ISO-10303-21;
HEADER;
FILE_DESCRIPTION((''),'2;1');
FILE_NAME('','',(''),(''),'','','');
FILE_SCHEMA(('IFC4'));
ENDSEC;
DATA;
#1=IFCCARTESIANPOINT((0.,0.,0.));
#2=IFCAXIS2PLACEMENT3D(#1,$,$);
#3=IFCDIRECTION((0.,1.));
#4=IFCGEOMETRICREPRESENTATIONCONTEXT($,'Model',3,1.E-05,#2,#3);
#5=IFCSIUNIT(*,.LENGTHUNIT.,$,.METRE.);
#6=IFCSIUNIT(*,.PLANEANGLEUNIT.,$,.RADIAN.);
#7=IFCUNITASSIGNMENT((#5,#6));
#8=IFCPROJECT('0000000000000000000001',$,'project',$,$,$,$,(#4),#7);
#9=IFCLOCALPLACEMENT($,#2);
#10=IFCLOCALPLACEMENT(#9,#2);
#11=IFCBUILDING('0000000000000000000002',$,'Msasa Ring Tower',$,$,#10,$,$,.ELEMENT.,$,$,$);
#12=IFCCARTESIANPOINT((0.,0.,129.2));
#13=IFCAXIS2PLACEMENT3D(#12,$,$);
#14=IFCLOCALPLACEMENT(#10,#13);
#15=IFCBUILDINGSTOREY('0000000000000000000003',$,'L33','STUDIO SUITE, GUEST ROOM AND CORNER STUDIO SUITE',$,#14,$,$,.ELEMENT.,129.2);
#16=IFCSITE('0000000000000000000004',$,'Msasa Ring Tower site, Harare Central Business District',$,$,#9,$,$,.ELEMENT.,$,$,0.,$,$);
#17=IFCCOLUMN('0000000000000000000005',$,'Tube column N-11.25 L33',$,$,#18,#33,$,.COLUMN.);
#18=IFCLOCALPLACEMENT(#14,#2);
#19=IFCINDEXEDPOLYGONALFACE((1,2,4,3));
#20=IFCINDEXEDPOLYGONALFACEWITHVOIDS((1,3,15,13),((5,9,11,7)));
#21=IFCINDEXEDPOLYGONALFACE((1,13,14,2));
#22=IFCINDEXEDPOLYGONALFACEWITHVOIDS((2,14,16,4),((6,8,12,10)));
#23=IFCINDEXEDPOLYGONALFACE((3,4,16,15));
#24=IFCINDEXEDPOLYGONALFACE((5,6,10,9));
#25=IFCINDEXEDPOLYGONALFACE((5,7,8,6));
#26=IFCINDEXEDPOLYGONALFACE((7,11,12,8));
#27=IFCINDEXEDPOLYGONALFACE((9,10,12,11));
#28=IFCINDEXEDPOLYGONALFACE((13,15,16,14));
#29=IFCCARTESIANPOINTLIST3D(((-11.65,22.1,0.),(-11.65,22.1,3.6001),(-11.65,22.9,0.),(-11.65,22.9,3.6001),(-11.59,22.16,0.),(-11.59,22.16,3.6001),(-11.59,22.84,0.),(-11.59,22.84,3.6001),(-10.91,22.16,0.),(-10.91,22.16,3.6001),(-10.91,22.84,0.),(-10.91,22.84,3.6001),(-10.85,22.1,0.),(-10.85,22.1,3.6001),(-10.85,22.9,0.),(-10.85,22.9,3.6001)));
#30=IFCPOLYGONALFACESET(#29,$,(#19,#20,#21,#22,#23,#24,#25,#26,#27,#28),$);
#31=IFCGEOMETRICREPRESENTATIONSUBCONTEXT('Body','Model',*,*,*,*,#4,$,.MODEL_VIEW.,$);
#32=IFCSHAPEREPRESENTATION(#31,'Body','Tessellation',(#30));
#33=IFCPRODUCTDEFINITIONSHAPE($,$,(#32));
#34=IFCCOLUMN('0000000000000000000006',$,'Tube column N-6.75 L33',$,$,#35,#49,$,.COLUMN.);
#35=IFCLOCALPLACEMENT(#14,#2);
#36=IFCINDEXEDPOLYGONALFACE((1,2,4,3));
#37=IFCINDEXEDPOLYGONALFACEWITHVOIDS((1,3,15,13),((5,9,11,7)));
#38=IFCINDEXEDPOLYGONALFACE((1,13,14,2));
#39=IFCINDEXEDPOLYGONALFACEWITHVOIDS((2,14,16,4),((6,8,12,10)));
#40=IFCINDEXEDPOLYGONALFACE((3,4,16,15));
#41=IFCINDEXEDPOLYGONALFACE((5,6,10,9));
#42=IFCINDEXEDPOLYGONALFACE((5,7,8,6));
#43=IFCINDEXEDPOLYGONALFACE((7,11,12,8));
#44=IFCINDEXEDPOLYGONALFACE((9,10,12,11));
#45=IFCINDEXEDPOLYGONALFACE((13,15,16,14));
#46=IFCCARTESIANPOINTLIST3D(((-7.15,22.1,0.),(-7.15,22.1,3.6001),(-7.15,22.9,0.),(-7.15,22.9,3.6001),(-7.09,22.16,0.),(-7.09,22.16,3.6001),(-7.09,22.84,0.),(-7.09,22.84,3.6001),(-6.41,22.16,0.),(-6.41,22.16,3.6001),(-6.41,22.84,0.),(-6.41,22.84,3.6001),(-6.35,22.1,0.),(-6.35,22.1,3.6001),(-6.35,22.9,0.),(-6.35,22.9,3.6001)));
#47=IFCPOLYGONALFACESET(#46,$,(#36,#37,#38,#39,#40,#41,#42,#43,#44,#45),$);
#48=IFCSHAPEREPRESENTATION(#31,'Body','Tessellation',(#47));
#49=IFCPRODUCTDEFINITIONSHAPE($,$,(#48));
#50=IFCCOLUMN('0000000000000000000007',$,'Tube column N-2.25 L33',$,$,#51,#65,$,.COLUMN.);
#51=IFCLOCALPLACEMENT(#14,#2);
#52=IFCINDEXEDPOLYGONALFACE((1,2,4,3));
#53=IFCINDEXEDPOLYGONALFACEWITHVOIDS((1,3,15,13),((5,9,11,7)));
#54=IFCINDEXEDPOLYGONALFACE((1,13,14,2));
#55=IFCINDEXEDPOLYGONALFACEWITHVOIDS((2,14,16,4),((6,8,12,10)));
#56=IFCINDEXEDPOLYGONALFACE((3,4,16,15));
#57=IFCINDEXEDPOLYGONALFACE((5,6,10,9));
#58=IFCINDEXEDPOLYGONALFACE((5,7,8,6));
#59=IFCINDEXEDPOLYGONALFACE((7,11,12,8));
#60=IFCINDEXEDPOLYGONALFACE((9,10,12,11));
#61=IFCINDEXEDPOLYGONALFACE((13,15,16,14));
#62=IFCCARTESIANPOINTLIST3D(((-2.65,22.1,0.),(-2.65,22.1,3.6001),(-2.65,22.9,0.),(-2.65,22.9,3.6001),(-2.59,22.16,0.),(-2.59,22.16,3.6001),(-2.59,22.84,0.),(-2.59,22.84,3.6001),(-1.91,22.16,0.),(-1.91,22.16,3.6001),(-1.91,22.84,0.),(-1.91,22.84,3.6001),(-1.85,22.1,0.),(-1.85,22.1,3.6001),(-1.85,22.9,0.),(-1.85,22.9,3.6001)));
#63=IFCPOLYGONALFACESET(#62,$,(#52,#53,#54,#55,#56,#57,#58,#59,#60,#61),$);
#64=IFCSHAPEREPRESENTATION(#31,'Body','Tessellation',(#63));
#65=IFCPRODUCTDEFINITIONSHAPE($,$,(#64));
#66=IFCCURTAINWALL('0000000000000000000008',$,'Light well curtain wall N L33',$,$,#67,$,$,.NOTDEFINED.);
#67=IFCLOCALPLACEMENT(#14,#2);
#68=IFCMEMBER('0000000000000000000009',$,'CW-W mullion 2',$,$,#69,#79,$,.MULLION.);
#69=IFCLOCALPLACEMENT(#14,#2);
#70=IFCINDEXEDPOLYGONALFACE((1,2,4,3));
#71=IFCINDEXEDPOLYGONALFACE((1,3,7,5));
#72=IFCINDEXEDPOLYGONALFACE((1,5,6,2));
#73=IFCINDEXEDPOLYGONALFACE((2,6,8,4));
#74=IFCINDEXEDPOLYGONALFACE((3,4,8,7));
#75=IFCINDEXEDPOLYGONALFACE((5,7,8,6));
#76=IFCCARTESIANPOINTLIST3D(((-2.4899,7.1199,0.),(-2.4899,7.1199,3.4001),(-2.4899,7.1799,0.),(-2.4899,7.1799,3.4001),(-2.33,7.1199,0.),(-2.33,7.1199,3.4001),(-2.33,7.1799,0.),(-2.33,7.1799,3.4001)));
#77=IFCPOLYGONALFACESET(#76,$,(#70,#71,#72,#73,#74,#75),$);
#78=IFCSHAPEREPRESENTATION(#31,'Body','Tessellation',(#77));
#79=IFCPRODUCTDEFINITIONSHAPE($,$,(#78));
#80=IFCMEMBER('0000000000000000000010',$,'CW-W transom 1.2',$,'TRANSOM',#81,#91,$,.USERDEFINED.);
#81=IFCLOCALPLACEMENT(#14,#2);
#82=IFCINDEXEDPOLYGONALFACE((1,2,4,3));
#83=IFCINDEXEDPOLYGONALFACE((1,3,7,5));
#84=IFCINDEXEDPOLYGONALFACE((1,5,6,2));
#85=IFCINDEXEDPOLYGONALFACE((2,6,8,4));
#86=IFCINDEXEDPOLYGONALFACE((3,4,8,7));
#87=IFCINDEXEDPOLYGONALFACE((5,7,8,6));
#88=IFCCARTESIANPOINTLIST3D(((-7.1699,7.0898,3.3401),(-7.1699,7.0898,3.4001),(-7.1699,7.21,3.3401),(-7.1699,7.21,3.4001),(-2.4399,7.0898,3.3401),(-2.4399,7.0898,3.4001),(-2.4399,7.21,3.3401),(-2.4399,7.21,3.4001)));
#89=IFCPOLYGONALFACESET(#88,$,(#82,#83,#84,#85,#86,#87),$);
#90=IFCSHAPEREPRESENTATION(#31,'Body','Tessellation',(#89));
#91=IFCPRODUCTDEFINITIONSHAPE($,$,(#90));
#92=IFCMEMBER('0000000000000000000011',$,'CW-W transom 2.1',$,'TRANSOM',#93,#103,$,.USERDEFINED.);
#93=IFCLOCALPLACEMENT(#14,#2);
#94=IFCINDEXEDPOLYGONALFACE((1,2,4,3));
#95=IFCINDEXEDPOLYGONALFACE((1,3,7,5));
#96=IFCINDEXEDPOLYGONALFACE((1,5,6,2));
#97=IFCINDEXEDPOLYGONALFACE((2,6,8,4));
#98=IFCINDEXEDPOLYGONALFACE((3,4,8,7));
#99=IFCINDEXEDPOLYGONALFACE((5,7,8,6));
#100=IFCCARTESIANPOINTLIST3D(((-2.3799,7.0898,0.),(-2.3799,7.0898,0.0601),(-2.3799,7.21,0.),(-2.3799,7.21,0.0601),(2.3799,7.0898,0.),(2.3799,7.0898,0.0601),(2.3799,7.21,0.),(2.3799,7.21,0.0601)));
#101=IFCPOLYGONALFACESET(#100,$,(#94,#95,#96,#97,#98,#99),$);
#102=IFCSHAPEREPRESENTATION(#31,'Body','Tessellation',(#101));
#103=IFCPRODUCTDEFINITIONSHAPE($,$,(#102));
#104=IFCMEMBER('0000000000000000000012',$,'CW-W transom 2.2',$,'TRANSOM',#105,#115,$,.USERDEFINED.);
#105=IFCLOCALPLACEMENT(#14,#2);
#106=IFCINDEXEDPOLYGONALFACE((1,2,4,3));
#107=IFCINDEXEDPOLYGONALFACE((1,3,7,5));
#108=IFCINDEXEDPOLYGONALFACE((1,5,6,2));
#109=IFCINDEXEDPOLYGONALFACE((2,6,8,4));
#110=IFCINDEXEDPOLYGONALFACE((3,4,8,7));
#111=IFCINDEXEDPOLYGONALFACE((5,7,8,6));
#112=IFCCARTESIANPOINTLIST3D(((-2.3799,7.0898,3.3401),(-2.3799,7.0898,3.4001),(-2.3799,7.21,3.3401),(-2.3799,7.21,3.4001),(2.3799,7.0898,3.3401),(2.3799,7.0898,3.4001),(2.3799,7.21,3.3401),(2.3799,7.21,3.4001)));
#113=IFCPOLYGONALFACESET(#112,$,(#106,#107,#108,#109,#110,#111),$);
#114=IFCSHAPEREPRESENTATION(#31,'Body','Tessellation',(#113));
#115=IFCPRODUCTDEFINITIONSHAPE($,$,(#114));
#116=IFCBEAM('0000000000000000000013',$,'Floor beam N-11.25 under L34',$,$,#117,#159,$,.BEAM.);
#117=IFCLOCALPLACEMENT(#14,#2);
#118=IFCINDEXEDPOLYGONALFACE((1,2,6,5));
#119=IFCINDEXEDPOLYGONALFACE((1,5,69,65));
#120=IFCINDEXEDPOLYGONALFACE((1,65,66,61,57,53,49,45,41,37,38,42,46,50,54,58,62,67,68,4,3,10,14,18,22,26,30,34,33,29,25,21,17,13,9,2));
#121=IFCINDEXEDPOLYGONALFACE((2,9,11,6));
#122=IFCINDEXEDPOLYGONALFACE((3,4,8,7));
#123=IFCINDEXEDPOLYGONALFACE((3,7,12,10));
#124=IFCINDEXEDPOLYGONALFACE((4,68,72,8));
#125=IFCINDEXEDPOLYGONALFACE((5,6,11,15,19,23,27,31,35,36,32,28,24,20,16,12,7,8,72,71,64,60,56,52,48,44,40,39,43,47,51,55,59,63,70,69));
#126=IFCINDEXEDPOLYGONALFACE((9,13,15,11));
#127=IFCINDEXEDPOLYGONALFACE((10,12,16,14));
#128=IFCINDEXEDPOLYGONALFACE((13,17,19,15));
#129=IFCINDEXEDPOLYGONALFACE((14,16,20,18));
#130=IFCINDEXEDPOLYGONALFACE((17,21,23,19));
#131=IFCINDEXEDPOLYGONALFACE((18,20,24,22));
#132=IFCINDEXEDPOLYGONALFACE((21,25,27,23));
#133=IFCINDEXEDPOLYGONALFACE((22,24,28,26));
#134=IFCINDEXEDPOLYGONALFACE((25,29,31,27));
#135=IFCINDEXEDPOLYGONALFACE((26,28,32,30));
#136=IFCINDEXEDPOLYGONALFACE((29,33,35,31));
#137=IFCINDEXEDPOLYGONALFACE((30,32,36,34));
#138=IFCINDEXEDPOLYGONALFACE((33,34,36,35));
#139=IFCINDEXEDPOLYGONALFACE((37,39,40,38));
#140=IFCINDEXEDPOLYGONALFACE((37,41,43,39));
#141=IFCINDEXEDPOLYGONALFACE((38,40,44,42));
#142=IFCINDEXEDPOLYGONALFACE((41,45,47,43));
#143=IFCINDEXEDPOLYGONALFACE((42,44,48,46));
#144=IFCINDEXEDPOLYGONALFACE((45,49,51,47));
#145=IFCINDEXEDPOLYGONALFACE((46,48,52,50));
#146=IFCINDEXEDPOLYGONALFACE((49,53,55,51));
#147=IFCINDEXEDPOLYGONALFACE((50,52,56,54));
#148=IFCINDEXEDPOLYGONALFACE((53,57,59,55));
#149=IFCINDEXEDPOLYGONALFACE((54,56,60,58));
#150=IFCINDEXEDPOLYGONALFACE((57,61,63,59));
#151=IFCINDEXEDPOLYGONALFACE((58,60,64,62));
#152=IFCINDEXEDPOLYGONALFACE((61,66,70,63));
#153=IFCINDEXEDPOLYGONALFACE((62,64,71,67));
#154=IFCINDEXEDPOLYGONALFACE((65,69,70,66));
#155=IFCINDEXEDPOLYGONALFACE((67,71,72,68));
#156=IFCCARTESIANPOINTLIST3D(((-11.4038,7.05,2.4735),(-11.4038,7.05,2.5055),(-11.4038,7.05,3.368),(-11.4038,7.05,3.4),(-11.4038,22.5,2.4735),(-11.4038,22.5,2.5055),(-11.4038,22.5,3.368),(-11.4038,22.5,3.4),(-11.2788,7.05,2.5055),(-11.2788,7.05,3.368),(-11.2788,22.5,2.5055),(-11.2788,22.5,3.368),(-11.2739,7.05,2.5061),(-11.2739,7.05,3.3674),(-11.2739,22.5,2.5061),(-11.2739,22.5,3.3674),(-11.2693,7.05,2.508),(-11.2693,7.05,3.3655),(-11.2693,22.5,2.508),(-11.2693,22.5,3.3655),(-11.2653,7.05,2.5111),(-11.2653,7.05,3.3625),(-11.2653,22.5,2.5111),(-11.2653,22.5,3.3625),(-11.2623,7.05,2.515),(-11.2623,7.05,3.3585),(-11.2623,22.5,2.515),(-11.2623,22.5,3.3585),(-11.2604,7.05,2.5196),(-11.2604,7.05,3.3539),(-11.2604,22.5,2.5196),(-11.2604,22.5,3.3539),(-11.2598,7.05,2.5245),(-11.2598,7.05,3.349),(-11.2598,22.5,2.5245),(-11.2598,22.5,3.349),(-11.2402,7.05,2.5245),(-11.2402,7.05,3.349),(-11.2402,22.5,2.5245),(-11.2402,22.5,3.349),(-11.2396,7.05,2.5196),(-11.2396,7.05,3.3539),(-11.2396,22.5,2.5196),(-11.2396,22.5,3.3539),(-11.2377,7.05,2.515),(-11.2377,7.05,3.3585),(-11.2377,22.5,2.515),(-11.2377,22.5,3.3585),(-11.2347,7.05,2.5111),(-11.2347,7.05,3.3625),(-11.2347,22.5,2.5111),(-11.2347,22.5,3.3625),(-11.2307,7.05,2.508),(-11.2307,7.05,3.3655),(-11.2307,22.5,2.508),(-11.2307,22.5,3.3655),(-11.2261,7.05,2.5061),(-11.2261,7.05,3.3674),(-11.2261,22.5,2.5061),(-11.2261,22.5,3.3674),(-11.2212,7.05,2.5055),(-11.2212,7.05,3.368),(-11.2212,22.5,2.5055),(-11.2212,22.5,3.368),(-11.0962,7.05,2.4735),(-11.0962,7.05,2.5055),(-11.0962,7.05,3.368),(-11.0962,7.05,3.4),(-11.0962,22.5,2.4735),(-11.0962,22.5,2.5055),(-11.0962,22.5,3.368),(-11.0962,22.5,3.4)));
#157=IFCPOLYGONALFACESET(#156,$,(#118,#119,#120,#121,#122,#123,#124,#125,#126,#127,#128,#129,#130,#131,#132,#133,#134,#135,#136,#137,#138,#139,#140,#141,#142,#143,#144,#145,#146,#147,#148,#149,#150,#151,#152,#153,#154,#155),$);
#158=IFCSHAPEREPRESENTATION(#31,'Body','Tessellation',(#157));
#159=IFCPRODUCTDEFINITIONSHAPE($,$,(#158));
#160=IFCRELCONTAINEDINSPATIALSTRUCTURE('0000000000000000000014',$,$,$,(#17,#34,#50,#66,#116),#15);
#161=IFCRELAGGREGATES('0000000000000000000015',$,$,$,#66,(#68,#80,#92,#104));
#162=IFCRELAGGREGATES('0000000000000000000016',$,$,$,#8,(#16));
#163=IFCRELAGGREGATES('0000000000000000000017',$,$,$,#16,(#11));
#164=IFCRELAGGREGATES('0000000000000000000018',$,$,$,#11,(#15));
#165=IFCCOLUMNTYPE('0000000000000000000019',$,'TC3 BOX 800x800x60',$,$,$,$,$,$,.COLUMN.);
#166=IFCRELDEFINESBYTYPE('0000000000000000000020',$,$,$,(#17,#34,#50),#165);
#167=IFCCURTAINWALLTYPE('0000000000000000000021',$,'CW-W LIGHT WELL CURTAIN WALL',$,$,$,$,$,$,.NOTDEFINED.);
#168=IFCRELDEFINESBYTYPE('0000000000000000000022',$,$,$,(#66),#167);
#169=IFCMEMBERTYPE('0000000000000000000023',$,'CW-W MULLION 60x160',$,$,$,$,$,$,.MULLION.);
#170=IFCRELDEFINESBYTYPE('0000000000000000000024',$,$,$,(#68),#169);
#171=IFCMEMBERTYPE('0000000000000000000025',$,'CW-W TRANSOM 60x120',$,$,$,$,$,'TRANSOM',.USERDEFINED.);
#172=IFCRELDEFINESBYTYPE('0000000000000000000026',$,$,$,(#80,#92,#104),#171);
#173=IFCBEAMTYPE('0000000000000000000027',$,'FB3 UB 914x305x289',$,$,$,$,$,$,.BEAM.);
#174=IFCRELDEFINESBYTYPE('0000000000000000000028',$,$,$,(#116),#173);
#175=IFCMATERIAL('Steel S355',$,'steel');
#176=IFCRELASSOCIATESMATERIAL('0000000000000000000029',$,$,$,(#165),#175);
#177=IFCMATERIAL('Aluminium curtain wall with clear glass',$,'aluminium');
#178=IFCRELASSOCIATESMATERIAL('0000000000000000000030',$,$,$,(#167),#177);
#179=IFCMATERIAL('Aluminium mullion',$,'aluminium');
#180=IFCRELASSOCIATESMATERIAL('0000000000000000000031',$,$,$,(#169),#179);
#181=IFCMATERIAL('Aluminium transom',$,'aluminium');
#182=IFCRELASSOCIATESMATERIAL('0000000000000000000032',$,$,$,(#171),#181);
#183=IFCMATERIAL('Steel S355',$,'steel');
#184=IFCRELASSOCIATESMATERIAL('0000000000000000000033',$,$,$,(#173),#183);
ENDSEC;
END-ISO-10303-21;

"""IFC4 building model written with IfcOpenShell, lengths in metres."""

from ifc_helpers import new_model, si_unit, direction, frame, origin, origin_2d, place, context, subcontext, project, spatial, rectangle, hollow_rectangle, i_section, extrude, material, material_profile, profile_set, type_object, element, aggregate, save


model = new_model("IFC4")

# Units and contexts
model_context = context("Model", 3, precision=1e-05, world=origin(), true_north=direction((0.0, 1.0)))
body_context = subcontext(model_context, "Body", "Model", "MODEL_VIEW")
ifc_project = project(units=[si_unit("LENGTHUNIT", "METRE"), si_unit("PLANEANGLEUNIT", "RADIAN")], contexts=[model_context])

# Site, building, storey
site_placement = place(None, origin())
site = spatial("IfcSite", under=ifc_project, at=site_placement, Name="Msasa Ring Tower site, Harare Central Business District", CompositionType="ELEMENT", RefElevation=0.0)
building_placement = place(site_placement, origin())
building = spatial("IfcBuilding", under=site, at=building_placement, Name="Msasa Ring Tower", CompositionType="ELEMENT")
storey_placement = place(building_placement, frame((0.0, 0.0, 129.2)))
storey = spatial("IfcBuildingStorey", under=building, at=storey_placement, Name="L33", Description="STUDIO SUITE, GUEST ROOM AND CORNER STUDIO SUITE", CompositionType="ELEMENT", Elevation=129.2)

# Columns
ifc_material_1 = material(Name="Steel S355", Category="steel")
ifc_material_profile_1 = material_profile(ifc_material_1, hollow_rectangle(XDim=0.8, YDim=0.8, WallThickness=0.0601, at=origin_2d()), Name="BOX 800x800x60")
ifc_profile_set_1 = profile_set([ifc_material_profile_1], Name="Steel S355")
column_type = type_object("IfcColumnType", Name="TC3 BOX 800x800x60", PredefinedType="COLUMN", material=ifc_profile_set_1)
for number, where, z_axis, x_axis, name in (
    (1, (-11.25, 22.5, 0.0), (0.0, 0.0, 1.0), (0.0, 1.0, 0.0), "Tube column N-11.25 L33"),
    (2, (-6.75, 22.5, 0.0), (0.0, 0.0, 1.0), (0.0, 1.0, 0.0), "Tube column N-6.75 L33"),
    (3, (-2.25, 22.5, 0.0), (0.0, 0.0, 1.0), (0.0, 1.0, 0.0), "Tube column N-2.25 L33"),
):
    element("IfcColumn", number, at=place(storey_placement, frame(where, z_axis=z_axis, x_axis=x_axis)), inside=storey, type_object=column_type, Name=name, PredefinedType="COLUMN", context=body_context, shape_type="SweptSolid", body=[
        extrude(hollow_rectangle(XDim=0.8, YDim=0.8, WallThickness=0.0601, at=origin_2d()), origin(), (0.0, 0.0, 1.0), 3.6001),
    ])

# Curtain wall, members
ifc_material_2 = material(Name="Aluminium curtain wall with clear glass", Category="aluminium")
curtain_wall_type = type_object("IfcCurtainWallType", Name="CW-W LIGHT WELL CURTAIN WALL", PredefinedType="NOTDEFINED", material=ifc_material_2)
curtain_wall_placement = place(storey_placement, origin())
curtain_wall = element("IfcCurtainWall", 4, at=curtain_wall_placement, inside=storey, type_object=curtain_wall_type, Name="Light well curtain wall N L33", PredefinedType="NOTDEFINED")
ifc_material_3 = material(Name="Aluminium mullion", Category="aluminium")
ifc_material_profile_2 = material_profile(ifc_material_3, rectangle(XDim=0.0601, YDim=0.1599, at=origin_2d()), Name="AL 60x160")
ifc_profile_set_2 = profile_set([ifc_material_profile_2], Name="Aluminium mullion")
member_type_1 = type_object("IfcMemberType", Name="CW-W MULLION 60x160", PredefinedType="MULLION", material=ifc_profile_set_2)
member_1_placement = place(storey_placement, frame((-2.4099, 7.1499, 0.0), z_axis=(0.0, 0.0, 1.0), x_axis=(0.0, 1.0, 0.0)))
member_1 = element("IfcMember", 5, at=member_1_placement, type_object=member_type_1, Name="CW-W mullion 2", PredefinedType="MULLION", context=body_context, shape_type="SweptSolid", body=[
    extrude(rectangle(XDim=0.0601, YDim=0.1599, at=origin_2d()), origin(), (0.0, 0.0, 1.0), 3.4001),
])
ifc_material_4 = material(Name="Aluminium transom", Category="aluminium")
ifc_material_profile_3 = material_profile(ifc_material_4, rectangle(XDim=0.1201, YDim=0.0601, at=origin_2d()), Name="AL 60x120")
ifc_profile_set_3 = profile_set([ifc_material_profile_3], Name="Aluminium transom")
member_type_2 = type_object("IfcMemberType", Name="CW-W TRANSOM 60x120", ElementType="TRANSOM", PredefinedType="USERDEFINED", material=ifc_profile_set_3)
member_2_placement = place(storey_placement, frame((-7.1699, 7.1499, 3.3701), z_axis=(1.0, 0.0, 0.0), x_axis=(0.0, 1.0, 0.0)))
member_2 = element("IfcMember", 6, at=member_2_placement, type_object=member_type_2, Name="CW-W transom 1.2", ObjectType="TRANSOM", PredefinedType="USERDEFINED", context=body_context, shape_type="SweptSolid", body=[
    extrude(rectangle(XDim=0.1201, YDim=0.0601, at=origin_2d()), origin(), (0.0, 0.0, 1.0), 4.73),
])
member_3_placement = place(storey_placement, frame((-2.3799, 7.1499, 0.03), z_axis=(1.0, 0.0, 0.0), x_axis=(0.0, 1.0, 0.0)))
member_3 = element("IfcMember", 7, at=member_3_placement, type_object=member_type_2, Name="CW-W transom 2.1", ObjectType="TRANSOM", PredefinedType="USERDEFINED", context=body_context, shape_type="SweptSolid", body=[
    extrude(rectangle(XDim=0.1201, YDim=0.0601, at=origin_2d()), origin(), (0.0, 0.0, 1.0), 4.7598),
])
member_4_placement = place(storey_placement, frame((-2.3799, 7.1499, 3.3701), z_axis=(1.0, 0.0, 0.0), x_axis=(0.0, 1.0, 0.0)))
member_4 = element("IfcMember", 8, at=member_4_placement, type_object=member_type_2, Name="CW-W transom 2.2", ObjectType="TRANSOM", PredefinedType="USERDEFINED", context=body_context, shape_type="SweptSolid", body=[
    extrude(rectangle(XDim=0.1201, YDim=0.0601, at=origin_2d()), origin(), (0.0, 0.0, 1.0), 4.7598),
])

# Beam
ifc_material_5 = material(Name="Steel S355", Category="steel")
ifc_material_profile_4 = material_profile(ifc_material_5, i_section(OverallWidth=0.3076, OverallDepth=0.9265, WebThickness=0.0195, FlangeThickness=0.032, FilletRadius=0.019, at=origin_2d()), Name="UB 914x305x289")
ifc_profile_set_4 = profile_set([ifc_material_profile_4], Name="Steel S355")
beam_type_1 = type_object("IfcBeamType", Name="FB3 UB 914x305x289", PredefinedType="BEAM", material=ifc_profile_set_4)
beam_placement = place(storey_placement, frame((-11.25, 22.5, 2.9368), z_axis=(0.0, -1.0, 0.0), x_axis=(1.0, 0.0, 0.0)))
element("IfcBeam", 9, at=beam_placement, inside=storey, type_object=beam_type_1, Name="Floor beam N-11.25 under L34", PredefinedType="BEAM", context=body_context, shape_type="SweptSolid", body=[
    extrude(i_section(OverallWidth=0.3076, OverallDepth=0.9265, WebThickness=0.0195, FlangeThickness=0.032, FilletRadius=0.019, at=origin_2d()), origin(), (0.0, 0.0, 1.0), 15.45),
])

aggregate(curtain_wall, [member_1, member_2, member_3, member_4])

save(model, "model.ifc")
